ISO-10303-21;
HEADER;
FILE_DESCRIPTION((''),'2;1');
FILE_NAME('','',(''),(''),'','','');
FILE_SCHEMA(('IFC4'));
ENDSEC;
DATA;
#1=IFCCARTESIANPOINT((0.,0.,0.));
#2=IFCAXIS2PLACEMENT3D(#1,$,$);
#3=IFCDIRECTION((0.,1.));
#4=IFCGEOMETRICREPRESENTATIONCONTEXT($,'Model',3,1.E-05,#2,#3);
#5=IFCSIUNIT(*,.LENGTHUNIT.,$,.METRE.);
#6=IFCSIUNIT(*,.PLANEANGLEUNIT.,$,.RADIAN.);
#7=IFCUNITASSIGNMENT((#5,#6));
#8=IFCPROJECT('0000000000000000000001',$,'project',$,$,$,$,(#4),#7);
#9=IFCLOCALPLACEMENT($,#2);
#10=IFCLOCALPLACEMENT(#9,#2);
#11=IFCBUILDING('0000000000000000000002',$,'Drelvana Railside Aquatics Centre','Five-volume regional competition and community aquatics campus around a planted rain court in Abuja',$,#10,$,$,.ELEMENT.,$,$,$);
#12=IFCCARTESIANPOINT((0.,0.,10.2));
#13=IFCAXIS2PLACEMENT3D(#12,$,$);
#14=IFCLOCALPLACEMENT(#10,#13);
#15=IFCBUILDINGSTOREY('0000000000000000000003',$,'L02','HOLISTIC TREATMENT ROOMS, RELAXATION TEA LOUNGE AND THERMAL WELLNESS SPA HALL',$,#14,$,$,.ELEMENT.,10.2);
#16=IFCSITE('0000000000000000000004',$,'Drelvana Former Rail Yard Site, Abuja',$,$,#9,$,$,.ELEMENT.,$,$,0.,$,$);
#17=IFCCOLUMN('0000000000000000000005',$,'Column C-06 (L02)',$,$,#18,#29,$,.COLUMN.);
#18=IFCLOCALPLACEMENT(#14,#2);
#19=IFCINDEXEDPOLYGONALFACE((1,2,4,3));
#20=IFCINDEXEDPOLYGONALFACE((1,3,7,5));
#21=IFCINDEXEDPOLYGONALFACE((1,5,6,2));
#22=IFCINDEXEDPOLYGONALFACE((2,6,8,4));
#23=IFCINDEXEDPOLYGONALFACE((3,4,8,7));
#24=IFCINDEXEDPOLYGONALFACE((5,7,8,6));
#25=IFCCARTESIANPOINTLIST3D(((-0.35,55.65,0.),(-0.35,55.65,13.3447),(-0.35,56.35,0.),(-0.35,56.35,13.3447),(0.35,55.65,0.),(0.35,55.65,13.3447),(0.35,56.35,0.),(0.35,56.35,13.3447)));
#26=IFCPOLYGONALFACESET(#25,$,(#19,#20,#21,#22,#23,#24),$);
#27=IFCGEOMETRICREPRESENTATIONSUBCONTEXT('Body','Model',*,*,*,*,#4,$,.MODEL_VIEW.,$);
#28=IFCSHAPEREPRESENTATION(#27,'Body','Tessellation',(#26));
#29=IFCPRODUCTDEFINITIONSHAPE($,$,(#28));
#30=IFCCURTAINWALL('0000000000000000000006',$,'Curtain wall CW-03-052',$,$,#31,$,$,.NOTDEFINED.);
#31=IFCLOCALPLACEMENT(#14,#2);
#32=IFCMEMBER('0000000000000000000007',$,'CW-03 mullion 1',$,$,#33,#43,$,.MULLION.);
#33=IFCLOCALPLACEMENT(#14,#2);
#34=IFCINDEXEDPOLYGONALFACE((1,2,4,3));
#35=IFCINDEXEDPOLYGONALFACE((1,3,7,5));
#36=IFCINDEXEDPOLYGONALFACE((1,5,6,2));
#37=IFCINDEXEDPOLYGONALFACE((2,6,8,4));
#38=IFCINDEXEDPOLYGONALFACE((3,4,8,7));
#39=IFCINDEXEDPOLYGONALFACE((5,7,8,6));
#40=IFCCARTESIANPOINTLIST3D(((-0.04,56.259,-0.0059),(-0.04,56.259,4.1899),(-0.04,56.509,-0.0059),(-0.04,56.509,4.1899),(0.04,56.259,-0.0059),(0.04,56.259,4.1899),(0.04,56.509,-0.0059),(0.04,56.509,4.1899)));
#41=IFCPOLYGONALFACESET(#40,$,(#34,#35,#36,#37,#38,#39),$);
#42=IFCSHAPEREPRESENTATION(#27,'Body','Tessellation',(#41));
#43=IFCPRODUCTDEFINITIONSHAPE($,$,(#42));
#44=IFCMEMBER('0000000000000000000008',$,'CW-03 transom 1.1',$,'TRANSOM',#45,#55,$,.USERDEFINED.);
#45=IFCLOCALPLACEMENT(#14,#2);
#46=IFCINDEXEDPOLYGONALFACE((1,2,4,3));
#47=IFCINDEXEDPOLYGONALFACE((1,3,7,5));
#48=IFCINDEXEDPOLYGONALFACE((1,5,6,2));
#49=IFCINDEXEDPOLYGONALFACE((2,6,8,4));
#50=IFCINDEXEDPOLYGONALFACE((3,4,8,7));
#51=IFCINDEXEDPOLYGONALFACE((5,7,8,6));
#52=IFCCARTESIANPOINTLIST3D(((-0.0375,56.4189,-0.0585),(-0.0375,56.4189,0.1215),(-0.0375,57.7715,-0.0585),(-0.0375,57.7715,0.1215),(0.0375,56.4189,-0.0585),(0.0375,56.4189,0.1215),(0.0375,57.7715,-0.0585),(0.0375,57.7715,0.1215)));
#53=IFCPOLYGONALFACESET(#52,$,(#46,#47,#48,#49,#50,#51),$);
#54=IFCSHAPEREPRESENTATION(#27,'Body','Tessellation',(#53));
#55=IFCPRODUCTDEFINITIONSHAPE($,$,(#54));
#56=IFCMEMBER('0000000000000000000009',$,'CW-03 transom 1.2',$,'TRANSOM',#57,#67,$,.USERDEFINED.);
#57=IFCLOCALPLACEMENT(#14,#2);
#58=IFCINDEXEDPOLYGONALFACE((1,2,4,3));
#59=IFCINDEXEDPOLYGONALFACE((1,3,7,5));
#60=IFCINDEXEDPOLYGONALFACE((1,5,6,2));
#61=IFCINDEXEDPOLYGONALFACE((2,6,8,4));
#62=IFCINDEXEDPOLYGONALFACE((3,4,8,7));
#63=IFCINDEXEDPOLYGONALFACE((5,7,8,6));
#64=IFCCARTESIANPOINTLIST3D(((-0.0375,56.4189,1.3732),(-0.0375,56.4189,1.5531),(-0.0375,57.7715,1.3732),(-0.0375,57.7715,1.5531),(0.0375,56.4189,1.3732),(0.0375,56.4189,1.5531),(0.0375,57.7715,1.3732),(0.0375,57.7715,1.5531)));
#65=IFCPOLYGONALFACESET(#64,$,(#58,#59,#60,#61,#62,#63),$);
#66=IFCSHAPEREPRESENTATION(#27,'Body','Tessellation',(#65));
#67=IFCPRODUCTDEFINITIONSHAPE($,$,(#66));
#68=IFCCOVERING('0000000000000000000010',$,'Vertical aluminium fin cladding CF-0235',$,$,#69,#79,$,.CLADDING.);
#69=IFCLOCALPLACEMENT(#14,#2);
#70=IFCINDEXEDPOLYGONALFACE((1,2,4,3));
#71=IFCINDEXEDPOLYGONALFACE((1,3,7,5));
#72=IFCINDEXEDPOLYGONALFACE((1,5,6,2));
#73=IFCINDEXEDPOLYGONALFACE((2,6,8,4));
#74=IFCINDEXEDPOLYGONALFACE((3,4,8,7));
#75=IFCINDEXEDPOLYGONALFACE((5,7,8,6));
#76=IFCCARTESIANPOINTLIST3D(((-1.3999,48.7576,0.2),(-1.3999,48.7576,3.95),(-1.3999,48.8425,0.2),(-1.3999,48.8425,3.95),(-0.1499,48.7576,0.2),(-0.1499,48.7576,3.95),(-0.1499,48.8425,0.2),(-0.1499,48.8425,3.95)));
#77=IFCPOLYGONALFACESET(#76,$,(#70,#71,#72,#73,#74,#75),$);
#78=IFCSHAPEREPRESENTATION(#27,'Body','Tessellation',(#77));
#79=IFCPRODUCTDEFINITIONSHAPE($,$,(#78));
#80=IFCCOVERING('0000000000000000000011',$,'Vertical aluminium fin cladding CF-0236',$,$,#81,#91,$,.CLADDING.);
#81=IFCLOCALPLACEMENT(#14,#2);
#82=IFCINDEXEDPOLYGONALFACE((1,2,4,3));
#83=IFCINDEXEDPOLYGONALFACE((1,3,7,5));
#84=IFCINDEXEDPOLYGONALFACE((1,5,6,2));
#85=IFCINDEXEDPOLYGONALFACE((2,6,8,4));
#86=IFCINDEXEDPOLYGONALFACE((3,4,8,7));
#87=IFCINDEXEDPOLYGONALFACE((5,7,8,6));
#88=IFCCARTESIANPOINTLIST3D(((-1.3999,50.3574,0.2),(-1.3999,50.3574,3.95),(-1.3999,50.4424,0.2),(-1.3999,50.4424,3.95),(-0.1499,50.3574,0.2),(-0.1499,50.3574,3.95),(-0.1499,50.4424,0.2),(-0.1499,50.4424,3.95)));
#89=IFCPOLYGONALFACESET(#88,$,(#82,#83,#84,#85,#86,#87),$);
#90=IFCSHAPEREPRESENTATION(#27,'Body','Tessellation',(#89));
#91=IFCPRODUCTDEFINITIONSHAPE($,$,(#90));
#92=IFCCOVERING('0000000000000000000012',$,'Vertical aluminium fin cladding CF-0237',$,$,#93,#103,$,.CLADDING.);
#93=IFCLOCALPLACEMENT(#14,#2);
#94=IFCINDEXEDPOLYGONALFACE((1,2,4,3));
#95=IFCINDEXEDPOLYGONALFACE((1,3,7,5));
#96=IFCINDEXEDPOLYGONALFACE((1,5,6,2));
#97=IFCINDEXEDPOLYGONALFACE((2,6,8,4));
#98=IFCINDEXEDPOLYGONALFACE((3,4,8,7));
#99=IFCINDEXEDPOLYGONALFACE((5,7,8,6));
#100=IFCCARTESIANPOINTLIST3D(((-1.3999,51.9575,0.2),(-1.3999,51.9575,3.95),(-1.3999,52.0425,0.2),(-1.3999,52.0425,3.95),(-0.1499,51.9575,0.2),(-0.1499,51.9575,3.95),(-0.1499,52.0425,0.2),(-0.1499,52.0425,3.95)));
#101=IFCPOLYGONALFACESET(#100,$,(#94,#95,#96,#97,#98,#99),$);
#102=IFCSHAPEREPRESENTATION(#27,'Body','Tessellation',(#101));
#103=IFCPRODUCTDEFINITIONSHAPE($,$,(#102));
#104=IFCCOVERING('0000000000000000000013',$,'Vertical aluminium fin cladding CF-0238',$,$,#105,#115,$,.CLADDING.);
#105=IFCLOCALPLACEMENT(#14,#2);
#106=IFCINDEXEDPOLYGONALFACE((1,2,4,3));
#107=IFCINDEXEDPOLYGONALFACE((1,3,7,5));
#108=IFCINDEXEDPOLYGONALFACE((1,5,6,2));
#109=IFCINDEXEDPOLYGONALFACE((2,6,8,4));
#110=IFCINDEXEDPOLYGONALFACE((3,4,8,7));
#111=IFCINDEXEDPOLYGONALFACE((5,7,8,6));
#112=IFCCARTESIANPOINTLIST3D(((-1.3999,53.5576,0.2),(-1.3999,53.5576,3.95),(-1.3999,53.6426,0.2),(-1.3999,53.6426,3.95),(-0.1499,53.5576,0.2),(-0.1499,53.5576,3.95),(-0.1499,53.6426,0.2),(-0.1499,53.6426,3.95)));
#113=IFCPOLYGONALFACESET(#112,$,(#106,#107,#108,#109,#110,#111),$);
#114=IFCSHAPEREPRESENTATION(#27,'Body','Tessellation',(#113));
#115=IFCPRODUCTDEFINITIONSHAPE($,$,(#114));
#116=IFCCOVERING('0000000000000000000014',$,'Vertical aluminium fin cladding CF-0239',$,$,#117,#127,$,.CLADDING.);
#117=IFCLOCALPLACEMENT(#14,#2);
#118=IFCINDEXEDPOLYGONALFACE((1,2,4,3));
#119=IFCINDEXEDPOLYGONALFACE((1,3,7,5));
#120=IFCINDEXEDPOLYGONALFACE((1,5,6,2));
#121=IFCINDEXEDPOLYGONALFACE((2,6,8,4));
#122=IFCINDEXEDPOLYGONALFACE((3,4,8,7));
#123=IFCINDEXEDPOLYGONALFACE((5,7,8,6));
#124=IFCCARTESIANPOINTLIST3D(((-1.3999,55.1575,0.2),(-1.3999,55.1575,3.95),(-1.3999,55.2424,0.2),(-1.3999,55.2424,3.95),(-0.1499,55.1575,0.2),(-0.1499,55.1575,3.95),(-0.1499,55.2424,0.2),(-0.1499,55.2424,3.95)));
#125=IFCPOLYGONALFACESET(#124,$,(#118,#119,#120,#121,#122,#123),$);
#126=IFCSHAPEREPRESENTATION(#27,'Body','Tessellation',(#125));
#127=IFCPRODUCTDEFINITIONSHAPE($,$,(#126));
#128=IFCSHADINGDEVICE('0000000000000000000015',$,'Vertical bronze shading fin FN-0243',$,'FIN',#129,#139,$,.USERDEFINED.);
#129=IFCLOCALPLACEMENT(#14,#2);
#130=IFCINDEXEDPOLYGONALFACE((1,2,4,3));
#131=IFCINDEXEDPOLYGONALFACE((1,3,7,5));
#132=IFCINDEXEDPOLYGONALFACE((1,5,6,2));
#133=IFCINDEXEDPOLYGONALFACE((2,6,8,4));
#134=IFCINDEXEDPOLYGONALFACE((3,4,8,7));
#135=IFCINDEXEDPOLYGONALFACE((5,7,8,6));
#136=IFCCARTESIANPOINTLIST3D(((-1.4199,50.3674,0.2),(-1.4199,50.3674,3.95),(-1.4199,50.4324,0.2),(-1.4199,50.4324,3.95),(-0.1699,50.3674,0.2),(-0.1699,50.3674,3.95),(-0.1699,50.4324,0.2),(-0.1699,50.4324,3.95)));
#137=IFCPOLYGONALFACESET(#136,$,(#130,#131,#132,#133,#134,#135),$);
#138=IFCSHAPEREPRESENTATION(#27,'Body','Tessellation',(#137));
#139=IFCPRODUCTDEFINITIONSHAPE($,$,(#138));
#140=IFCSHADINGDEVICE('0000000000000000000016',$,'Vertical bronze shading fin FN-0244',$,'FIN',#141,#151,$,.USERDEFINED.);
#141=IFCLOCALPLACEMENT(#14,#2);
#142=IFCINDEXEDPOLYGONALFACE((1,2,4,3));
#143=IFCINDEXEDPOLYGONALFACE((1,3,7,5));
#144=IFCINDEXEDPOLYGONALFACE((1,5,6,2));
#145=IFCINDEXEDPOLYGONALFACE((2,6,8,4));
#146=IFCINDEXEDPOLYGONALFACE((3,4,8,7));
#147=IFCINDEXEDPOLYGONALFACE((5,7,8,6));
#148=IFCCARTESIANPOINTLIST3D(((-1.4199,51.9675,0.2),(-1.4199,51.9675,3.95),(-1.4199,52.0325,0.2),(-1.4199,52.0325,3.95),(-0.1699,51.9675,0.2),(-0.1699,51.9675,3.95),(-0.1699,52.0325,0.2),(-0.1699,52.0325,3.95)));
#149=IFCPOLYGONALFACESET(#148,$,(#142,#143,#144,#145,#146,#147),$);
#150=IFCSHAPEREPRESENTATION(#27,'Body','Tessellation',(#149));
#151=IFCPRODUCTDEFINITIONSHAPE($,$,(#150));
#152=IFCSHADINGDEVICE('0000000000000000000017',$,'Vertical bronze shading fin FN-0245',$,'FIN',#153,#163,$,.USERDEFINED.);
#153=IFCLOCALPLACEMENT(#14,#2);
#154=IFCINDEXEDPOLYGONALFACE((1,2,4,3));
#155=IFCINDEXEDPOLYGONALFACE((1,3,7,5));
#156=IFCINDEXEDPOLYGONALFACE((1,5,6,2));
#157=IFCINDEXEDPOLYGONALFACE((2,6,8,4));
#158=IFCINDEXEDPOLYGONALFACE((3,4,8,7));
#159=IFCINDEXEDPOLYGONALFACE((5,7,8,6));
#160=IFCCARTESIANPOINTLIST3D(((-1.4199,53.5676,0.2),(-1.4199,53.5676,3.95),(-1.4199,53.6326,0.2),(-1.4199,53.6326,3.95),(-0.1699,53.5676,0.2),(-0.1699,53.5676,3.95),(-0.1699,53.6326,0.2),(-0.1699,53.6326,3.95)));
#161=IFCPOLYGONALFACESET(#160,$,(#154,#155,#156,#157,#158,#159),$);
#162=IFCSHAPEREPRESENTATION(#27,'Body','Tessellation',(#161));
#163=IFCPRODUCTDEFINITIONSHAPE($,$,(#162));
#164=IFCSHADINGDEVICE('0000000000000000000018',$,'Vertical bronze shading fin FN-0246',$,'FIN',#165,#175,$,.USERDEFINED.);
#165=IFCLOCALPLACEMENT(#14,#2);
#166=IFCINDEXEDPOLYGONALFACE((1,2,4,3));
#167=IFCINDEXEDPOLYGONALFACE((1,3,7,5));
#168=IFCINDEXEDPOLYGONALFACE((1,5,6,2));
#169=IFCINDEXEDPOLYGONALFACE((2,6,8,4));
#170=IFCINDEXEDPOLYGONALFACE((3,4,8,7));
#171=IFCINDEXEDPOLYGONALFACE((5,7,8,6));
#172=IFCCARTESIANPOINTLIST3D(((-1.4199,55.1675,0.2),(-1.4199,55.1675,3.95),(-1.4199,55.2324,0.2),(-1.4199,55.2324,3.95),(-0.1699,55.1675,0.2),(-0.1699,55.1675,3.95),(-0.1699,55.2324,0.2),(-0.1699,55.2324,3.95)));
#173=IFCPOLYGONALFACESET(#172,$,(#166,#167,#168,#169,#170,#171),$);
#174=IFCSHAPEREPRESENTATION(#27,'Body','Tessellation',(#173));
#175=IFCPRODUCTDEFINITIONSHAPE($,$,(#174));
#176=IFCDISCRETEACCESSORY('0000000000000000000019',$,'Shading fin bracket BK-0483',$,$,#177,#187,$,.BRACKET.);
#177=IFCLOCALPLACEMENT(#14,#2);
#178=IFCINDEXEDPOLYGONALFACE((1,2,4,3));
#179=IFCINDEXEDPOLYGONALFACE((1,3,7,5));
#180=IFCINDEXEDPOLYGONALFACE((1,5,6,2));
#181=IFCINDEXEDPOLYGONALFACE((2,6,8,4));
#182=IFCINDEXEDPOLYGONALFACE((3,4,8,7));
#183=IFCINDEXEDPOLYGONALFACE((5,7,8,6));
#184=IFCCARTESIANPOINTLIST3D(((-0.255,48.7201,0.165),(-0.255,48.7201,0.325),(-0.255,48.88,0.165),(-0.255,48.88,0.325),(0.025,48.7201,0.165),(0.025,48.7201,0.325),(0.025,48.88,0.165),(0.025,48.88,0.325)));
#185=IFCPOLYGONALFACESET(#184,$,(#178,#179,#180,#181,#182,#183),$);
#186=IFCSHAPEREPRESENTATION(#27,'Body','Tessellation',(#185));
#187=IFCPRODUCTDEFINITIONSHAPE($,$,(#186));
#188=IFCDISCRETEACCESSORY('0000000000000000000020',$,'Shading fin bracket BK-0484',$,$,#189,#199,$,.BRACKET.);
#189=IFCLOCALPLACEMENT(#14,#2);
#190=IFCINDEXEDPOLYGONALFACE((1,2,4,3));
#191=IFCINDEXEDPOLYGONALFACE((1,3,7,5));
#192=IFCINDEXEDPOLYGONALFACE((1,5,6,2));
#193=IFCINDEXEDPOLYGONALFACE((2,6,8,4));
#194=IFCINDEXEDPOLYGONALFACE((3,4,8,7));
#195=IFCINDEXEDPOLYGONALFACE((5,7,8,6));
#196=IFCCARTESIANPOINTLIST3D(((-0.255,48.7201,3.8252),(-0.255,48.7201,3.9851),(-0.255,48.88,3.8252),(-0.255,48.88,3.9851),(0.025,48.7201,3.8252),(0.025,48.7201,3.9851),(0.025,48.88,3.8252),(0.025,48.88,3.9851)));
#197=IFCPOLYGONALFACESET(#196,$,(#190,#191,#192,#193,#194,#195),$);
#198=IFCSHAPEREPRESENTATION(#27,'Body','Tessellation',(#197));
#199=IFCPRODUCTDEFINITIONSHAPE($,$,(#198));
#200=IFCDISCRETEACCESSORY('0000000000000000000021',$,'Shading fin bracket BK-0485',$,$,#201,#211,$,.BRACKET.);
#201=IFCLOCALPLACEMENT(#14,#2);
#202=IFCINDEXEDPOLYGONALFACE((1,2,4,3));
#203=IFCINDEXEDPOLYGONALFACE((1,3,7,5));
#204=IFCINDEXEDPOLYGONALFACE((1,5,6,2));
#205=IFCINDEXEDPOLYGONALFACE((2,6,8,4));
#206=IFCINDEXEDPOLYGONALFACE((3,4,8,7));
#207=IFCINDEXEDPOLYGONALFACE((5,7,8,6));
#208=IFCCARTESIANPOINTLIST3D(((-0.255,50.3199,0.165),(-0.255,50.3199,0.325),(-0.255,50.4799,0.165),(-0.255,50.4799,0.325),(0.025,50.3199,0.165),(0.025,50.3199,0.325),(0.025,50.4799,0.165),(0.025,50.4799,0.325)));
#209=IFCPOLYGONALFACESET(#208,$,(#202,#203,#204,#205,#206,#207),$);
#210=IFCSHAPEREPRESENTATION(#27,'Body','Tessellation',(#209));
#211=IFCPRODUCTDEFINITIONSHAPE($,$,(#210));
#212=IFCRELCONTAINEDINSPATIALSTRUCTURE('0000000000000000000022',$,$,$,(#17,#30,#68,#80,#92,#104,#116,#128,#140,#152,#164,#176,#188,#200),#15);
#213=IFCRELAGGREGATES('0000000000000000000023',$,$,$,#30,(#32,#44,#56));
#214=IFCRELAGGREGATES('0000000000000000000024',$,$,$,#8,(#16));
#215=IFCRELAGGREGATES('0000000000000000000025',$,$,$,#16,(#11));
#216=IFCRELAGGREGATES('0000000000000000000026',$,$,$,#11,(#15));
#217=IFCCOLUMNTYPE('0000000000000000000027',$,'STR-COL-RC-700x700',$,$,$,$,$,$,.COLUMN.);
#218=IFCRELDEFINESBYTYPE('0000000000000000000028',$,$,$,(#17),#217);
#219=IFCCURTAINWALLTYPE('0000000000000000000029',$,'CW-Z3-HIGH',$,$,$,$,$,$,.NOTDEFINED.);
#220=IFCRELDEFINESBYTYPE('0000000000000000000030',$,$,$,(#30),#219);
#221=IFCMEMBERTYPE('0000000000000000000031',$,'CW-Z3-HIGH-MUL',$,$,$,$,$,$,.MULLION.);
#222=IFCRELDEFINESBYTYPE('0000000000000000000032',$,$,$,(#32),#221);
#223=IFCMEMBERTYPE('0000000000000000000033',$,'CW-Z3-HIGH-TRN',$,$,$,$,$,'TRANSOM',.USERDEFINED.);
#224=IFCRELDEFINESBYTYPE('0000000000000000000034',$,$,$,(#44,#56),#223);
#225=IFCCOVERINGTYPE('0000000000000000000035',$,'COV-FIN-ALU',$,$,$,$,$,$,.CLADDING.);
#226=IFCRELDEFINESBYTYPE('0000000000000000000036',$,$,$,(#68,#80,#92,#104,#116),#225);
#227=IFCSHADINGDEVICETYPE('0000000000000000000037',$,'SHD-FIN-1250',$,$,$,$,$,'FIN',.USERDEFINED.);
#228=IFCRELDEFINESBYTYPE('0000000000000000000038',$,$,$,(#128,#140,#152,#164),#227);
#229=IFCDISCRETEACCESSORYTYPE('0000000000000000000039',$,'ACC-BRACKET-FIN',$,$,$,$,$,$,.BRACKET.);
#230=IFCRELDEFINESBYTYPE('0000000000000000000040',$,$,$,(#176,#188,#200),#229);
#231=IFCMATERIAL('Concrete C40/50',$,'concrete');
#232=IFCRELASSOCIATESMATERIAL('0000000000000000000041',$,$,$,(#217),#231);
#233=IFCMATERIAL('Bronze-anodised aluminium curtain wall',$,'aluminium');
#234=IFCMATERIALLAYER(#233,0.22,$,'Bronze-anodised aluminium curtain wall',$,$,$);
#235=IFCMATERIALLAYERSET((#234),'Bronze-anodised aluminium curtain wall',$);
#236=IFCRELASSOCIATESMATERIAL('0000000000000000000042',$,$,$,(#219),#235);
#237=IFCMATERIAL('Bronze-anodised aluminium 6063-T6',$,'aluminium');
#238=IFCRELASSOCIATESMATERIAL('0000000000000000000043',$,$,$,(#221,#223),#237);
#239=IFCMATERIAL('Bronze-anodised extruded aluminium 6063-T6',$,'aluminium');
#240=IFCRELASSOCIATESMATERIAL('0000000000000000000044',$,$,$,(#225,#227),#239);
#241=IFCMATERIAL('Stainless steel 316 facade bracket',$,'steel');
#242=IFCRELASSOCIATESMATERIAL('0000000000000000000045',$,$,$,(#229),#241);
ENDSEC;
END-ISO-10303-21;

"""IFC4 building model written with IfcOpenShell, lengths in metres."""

from ifc_helpers import new_model, si_unit, direction, frame, origin, origin_2d, place, context, subcontext, project, spatial, rectangle, extrude, material, layer, layer_set, material_profile, profile_set, type_object, element, aggregate, save


model = new_model("IFC4")

# Units and contexts
model_context = context("Model", 3, precision=1e-05, world=origin(), true_north=direction((0.0, 1.0)))
body_context = subcontext(model_context, "Body", "Model", "MODEL_VIEW")
ifc_project = project(units=[si_unit("LENGTHUNIT", "METRE"), si_unit("PLANEANGLEUNIT", "RADIAN")], contexts=[model_context])

# Site, building, storey
site_placement = place(None, origin())
site = spatial("IfcSite", under=ifc_project, at=site_placement, Name="Drelvana Former Rail Yard Site, Abuja", CompositionType="ELEMENT", RefElevation=0.0)
building_placement = place(site_placement, origin())
building = spatial("IfcBuilding", under=site, at=building_placement, Name="Drelvana Railside Aquatics Centre", Description="Five-volume regional competition and community aquatics campus around a planted rain court in Abuja", CompositionType="ELEMENT")
storey_placement = place(building_placement, frame((0.0, 0.0, 10.2)))
storey = spatial("IfcBuildingStorey", under=building, at=storey_placement, Name="L02", Description="HOLISTIC TREATMENT ROOMS, RELAXATION TEA LOUNGE AND THERMAL WELLNESS SPA HALL", CompositionType="ELEMENT", Elevation=10.2)

# Column
ifc_material_1 = material(Name="Concrete C40/50", Category="concrete")
ifc_material_profile_1 = material_profile(ifc_material_1, rectangle(XDim=0.7, YDim=0.7, at=origin_2d()), Name="RC 700x700")
ifc_profile_set_1 = profile_set([ifc_material_profile_1], Name="Concrete C40/50")
column_type = type_object("IfcColumnType", Name="STR-COL-RC-700x700", PredefinedType="COLUMN", material=ifc_profile_set_1)
column_placement = place(storey_placement, frame((0.0, 56.0, 0.0), z_axis=(0.0, 0.0, 1.0), x_axis=(1.0, 0.0, 0.0)))
element("IfcColumn", 1, at=column_placement, inside=storey, type_object=column_type, Name="Column C-06 (L02)", PredefinedType="COLUMN", context=body_context, shape_type="SweptSolid", body=[
    extrude(rectangle(XDim=0.7, YDim=0.7, at=origin_2d()), origin(), (0.0, 0.0, 1.0), 13.3447),
])

# Curtain wall, members
ifc_material_2 = material(Name="Bronze-anodised aluminium curtain wall", Category="aluminium")
ifc_layer = layer(ifc_material_2, 0.22, Name="Bronze-anodised aluminium curtain wall")
ifc_layer_set = layer_set([ifc_layer], Name="Bronze-anodised aluminium curtain wall")
curtain_wall_type = type_object("IfcCurtainWallType", Name="CW-Z3-HIGH", PredefinedType="NOTDEFINED", material=ifc_layer_set)
curtain_wall_placement = place(storey_placement, origin())
curtain_wall = element("IfcCurtainWall", 2, at=curtain_wall_placement, inside=storey, type_object=curtain_wall_type, Name="Curtain wall CW-03-052", PredefinedType="NOTDEFINED")
ifc_material_3 = material(Name="Bronze-anodised aluminium 6063-T6", Category="aluminium")
ifc_material_profile_2 = material_profile(ifc_material_3, rectangle(XDim=0.0801, YDim=0.25, at=origin_2d()), Name="ALU-M 80x250")
ifc_profile_set_2 = profile_set([ifc_material_profile_2], Name="Bronze-anodised aluminium 6063-T6")
member_type_1 = type_object("IfcMemberType", Name="CW-Z3-HIGH-MUL", PredefinedType="MULLION", material=ifc_profile_set_2)
member_1_placement = place(storey_placement, frame((0.0, 56.384, -0.0059), z_axis=(0.0, 0.0, 1.0), x_axis=(-1.0, 0.0, 0.0)))
member_1 = element("IfcMember", 3, at=member_1_placement, type_object=member_type_1, Name="CW-03 mullion 1", PredefinedType="MULLION", context=body_context, shape_type="SweptSolid", body=[
    extrude(rectangle(XDim=0.0801, YDim=0.25, at=origin_2d()), origin(), (0.0, 0.0, 1.0), 4.1958),
])
ifc_material_profile_3 = material_profile(ifc_material_3, rectangle(XDim=0.1799, YDim=0.075, at=origin_2d()), Name="ALU-T 75x180")
ifc_profile_set_3 = profile_set([ifc_material_profile_3], Name="Bronze-anodised aluminium 6063-T6")
member_type_2 = type_object("IfcMemberType", Name="CW-Z3-HIGH-TRN", ElementType="TRANSOM", PredefinedType="USERDEFINED", material=ifc_profile_set_3)
member_2_placement = place(storey_placement, frame((0.0, 56.4189, 0.0315), z_axis=(0.0, 1.0, 0.0), x_axis=(0.0, 0.0, 1.0)))
member_2 = element("IfcMember", 4, at=member_2_placement, type_object=member_type_2, Name="CW-03 transom 1.1", ObjectType="TRANSOM", PredefinedType="USERDEFINED", context=body_context, shape_type="SweptSolid", body=[
    extrude(rectangle(XDim=0.1799, YDim=0.075, at=origin_2d()), origin(), (0.0, 0.0, 1.0), 1.3525),
])
member_3_placement = place(storey_placement, frame((0.0, 56.4189, 1.4631), z_axis=(0.0, 1.0, 0.0), x_axis=(0.0, 0.0, 1.0)))
member_3 = element("IfcMember", 5, at=member_3_placement, type_object=member_type_2, Name="CW-03 transom 1.2", ObjectType="TRANSOM", PredefinedType="USERDEFINED", context=body_context, shape_type="SweptSolid", body=[
    extrude(rectangle(XDim=0.1799, YDim=0.075, at=origin_2d()), origin(), (0.0, 0.0, 1.0), 1.3525),
])
aggregate(curtain_wall, [member_1, member_2, member_3])

# Coverings
ifc_material_4 = material(Name="Bronze-anodised extruded aluminium 6063-T6", Category="aluminium")
covering_type = type_object("IfcCoveringType", Name="COV-FIN-ALU", PredefinedType="CLADDING", material=ifc_material_4)
for number, where, z_axis, x_axis, name in (
    (6, (-0.7749, 48.8, 0.2), (0.0, 0.0, 1.0), (0.0, 1.0, 0.0), "Vertical aluminium fin cladding CF-0235"),
    (7, (-0.7749, 50.3999, 0.2), (0.0, 0.0, 1.0), (0.0, 1.0, 0.0), "Vertical aluminium fin cladding CF-0236"),
    (8, (-0.7749, 52.0, 0.2), (0.0, 0.0, 1.0), (0.0, 1.0, 0.0), "Vertical aluminium fin cladding CF-0237"),
    (9, (-0.7749, 53.6001, 0.2), (0.0, 0.0, 1.0), (0.0, 1.0, 0.0), "Vertical aluminium fin cladding CF-0238"),
    (10, (-0.7749, 55.2, 0.2), (0.0, 0.0, 1.0), (0.0, 1.0, 0.0), "Vertical aluminium fin cladding CF-0239"),
):
    element("IfcCovering", number, at=place(storey_placement, frame(where, z_axis=z_axis, x_axis=x_axis)), inside=storey, type_object=covering_type, Name=name, PredefinedType="CLADDING", context=body_context, shape_type="SweptSolid", body=[
        extrude(rectangle(XDim=0.085, YDim=1.25, at=origin_2d()), origin(), (0.0, 0.0, 1.0), 3.75),
    ])

# Shading devices
shading_device_type = type_object("IfcShadingDeviceType", Name="SHD-FIN-1250", ElementType="FIN", PredefinedType="USERDEFINED", material=ifc_material_4)
for number, where, z_axis, x_axis, name in (
    (11, (-0.7949, 50.3999, 0.2), (0.0, 0.0, 1.0), (-1.0, 0.0, 0.0), "Vertical bronze shading fin FN-0243"),
    (12, (-0.7949, 52.0, 0.2), (0.0, 0.0, 1.0), (-1.0, 0.0, 0.0), "Vertical bronze shading fin FN-0244"),
    (13, (-0.7949, 53.6001, 0.2), (0.0, 0.0, 1.0), (-1.0, 0.0, 0.0), "Vertical bronze shading fin FN-0245"),
    (14, (-0.7949, 55.2, 0.2), (0.0, 0.0, 1.0), (-1.0, 0.0, 0.0), "Vertical bronze shading fin FN-0246"),
):
    element("IfcShadingDevice", number, at=place(storey_placement, frame(where, z_axis=z_axis, x_axis=x_axis)), inside=storey, type_object=shading_device_type, Name=name, ObjectType="FIN", PredefinedType="USERDEFINED", context=body_context, shape_type="SweptSolid", body=[
        extrude(rectangle(XDim=1.25, YDim=0.0649, at=origin_2d()), origin(), (0.0, 0.0, 1.0), 3.75),
    ])

# Discrete accessories
ifc_material_5 = material(Name="Stainless steel 316 facade bracket", Category="steel")
discrete_accessory_type = type_object("IfcDiscreteAccessoryType", Name="ACC-BRACKET-FIN", PredefinedType="BRACKET", material=ifc_material_5)
for number, where, z_axis, x_axis, name in (
    (15, (-0.115, 48.8, 0.165), (0.0, 0.0, 1.0), (-1.0, 0.0, 0.0), "Shading fin bracket BK-0483"),
    (16, (-0.115, 48.8, 3.8252), (0.0, 0.0, 1.0), (-1.0, 0.0, 0.0), "Shading fin bracket BK-0484"),
    (17, (-0.115, 50.3999, 0.165), (0.0, 0.0, 1.0), (-1.0, 0.0, 0.0), "Shading fin bracket BK-0485"),
):
    element("IfcDiscreteAccessory", number, at=place(storey_placement, frame(where, z_axis=z_axis, x_axis=x_axis)), inside=storey, type_object=discrete_accessory_type, Name=name, PredefinedType="BRACKET", context=body_context, shape_type="SweptSolid", body=[
        extrude(rectangle(XDim=0.28, YDim=0.1599, at=origin_2d()), origin(), (0.0, 0.0, 1.0), 0.1599),
    ])

save(model, "model.ifc")
